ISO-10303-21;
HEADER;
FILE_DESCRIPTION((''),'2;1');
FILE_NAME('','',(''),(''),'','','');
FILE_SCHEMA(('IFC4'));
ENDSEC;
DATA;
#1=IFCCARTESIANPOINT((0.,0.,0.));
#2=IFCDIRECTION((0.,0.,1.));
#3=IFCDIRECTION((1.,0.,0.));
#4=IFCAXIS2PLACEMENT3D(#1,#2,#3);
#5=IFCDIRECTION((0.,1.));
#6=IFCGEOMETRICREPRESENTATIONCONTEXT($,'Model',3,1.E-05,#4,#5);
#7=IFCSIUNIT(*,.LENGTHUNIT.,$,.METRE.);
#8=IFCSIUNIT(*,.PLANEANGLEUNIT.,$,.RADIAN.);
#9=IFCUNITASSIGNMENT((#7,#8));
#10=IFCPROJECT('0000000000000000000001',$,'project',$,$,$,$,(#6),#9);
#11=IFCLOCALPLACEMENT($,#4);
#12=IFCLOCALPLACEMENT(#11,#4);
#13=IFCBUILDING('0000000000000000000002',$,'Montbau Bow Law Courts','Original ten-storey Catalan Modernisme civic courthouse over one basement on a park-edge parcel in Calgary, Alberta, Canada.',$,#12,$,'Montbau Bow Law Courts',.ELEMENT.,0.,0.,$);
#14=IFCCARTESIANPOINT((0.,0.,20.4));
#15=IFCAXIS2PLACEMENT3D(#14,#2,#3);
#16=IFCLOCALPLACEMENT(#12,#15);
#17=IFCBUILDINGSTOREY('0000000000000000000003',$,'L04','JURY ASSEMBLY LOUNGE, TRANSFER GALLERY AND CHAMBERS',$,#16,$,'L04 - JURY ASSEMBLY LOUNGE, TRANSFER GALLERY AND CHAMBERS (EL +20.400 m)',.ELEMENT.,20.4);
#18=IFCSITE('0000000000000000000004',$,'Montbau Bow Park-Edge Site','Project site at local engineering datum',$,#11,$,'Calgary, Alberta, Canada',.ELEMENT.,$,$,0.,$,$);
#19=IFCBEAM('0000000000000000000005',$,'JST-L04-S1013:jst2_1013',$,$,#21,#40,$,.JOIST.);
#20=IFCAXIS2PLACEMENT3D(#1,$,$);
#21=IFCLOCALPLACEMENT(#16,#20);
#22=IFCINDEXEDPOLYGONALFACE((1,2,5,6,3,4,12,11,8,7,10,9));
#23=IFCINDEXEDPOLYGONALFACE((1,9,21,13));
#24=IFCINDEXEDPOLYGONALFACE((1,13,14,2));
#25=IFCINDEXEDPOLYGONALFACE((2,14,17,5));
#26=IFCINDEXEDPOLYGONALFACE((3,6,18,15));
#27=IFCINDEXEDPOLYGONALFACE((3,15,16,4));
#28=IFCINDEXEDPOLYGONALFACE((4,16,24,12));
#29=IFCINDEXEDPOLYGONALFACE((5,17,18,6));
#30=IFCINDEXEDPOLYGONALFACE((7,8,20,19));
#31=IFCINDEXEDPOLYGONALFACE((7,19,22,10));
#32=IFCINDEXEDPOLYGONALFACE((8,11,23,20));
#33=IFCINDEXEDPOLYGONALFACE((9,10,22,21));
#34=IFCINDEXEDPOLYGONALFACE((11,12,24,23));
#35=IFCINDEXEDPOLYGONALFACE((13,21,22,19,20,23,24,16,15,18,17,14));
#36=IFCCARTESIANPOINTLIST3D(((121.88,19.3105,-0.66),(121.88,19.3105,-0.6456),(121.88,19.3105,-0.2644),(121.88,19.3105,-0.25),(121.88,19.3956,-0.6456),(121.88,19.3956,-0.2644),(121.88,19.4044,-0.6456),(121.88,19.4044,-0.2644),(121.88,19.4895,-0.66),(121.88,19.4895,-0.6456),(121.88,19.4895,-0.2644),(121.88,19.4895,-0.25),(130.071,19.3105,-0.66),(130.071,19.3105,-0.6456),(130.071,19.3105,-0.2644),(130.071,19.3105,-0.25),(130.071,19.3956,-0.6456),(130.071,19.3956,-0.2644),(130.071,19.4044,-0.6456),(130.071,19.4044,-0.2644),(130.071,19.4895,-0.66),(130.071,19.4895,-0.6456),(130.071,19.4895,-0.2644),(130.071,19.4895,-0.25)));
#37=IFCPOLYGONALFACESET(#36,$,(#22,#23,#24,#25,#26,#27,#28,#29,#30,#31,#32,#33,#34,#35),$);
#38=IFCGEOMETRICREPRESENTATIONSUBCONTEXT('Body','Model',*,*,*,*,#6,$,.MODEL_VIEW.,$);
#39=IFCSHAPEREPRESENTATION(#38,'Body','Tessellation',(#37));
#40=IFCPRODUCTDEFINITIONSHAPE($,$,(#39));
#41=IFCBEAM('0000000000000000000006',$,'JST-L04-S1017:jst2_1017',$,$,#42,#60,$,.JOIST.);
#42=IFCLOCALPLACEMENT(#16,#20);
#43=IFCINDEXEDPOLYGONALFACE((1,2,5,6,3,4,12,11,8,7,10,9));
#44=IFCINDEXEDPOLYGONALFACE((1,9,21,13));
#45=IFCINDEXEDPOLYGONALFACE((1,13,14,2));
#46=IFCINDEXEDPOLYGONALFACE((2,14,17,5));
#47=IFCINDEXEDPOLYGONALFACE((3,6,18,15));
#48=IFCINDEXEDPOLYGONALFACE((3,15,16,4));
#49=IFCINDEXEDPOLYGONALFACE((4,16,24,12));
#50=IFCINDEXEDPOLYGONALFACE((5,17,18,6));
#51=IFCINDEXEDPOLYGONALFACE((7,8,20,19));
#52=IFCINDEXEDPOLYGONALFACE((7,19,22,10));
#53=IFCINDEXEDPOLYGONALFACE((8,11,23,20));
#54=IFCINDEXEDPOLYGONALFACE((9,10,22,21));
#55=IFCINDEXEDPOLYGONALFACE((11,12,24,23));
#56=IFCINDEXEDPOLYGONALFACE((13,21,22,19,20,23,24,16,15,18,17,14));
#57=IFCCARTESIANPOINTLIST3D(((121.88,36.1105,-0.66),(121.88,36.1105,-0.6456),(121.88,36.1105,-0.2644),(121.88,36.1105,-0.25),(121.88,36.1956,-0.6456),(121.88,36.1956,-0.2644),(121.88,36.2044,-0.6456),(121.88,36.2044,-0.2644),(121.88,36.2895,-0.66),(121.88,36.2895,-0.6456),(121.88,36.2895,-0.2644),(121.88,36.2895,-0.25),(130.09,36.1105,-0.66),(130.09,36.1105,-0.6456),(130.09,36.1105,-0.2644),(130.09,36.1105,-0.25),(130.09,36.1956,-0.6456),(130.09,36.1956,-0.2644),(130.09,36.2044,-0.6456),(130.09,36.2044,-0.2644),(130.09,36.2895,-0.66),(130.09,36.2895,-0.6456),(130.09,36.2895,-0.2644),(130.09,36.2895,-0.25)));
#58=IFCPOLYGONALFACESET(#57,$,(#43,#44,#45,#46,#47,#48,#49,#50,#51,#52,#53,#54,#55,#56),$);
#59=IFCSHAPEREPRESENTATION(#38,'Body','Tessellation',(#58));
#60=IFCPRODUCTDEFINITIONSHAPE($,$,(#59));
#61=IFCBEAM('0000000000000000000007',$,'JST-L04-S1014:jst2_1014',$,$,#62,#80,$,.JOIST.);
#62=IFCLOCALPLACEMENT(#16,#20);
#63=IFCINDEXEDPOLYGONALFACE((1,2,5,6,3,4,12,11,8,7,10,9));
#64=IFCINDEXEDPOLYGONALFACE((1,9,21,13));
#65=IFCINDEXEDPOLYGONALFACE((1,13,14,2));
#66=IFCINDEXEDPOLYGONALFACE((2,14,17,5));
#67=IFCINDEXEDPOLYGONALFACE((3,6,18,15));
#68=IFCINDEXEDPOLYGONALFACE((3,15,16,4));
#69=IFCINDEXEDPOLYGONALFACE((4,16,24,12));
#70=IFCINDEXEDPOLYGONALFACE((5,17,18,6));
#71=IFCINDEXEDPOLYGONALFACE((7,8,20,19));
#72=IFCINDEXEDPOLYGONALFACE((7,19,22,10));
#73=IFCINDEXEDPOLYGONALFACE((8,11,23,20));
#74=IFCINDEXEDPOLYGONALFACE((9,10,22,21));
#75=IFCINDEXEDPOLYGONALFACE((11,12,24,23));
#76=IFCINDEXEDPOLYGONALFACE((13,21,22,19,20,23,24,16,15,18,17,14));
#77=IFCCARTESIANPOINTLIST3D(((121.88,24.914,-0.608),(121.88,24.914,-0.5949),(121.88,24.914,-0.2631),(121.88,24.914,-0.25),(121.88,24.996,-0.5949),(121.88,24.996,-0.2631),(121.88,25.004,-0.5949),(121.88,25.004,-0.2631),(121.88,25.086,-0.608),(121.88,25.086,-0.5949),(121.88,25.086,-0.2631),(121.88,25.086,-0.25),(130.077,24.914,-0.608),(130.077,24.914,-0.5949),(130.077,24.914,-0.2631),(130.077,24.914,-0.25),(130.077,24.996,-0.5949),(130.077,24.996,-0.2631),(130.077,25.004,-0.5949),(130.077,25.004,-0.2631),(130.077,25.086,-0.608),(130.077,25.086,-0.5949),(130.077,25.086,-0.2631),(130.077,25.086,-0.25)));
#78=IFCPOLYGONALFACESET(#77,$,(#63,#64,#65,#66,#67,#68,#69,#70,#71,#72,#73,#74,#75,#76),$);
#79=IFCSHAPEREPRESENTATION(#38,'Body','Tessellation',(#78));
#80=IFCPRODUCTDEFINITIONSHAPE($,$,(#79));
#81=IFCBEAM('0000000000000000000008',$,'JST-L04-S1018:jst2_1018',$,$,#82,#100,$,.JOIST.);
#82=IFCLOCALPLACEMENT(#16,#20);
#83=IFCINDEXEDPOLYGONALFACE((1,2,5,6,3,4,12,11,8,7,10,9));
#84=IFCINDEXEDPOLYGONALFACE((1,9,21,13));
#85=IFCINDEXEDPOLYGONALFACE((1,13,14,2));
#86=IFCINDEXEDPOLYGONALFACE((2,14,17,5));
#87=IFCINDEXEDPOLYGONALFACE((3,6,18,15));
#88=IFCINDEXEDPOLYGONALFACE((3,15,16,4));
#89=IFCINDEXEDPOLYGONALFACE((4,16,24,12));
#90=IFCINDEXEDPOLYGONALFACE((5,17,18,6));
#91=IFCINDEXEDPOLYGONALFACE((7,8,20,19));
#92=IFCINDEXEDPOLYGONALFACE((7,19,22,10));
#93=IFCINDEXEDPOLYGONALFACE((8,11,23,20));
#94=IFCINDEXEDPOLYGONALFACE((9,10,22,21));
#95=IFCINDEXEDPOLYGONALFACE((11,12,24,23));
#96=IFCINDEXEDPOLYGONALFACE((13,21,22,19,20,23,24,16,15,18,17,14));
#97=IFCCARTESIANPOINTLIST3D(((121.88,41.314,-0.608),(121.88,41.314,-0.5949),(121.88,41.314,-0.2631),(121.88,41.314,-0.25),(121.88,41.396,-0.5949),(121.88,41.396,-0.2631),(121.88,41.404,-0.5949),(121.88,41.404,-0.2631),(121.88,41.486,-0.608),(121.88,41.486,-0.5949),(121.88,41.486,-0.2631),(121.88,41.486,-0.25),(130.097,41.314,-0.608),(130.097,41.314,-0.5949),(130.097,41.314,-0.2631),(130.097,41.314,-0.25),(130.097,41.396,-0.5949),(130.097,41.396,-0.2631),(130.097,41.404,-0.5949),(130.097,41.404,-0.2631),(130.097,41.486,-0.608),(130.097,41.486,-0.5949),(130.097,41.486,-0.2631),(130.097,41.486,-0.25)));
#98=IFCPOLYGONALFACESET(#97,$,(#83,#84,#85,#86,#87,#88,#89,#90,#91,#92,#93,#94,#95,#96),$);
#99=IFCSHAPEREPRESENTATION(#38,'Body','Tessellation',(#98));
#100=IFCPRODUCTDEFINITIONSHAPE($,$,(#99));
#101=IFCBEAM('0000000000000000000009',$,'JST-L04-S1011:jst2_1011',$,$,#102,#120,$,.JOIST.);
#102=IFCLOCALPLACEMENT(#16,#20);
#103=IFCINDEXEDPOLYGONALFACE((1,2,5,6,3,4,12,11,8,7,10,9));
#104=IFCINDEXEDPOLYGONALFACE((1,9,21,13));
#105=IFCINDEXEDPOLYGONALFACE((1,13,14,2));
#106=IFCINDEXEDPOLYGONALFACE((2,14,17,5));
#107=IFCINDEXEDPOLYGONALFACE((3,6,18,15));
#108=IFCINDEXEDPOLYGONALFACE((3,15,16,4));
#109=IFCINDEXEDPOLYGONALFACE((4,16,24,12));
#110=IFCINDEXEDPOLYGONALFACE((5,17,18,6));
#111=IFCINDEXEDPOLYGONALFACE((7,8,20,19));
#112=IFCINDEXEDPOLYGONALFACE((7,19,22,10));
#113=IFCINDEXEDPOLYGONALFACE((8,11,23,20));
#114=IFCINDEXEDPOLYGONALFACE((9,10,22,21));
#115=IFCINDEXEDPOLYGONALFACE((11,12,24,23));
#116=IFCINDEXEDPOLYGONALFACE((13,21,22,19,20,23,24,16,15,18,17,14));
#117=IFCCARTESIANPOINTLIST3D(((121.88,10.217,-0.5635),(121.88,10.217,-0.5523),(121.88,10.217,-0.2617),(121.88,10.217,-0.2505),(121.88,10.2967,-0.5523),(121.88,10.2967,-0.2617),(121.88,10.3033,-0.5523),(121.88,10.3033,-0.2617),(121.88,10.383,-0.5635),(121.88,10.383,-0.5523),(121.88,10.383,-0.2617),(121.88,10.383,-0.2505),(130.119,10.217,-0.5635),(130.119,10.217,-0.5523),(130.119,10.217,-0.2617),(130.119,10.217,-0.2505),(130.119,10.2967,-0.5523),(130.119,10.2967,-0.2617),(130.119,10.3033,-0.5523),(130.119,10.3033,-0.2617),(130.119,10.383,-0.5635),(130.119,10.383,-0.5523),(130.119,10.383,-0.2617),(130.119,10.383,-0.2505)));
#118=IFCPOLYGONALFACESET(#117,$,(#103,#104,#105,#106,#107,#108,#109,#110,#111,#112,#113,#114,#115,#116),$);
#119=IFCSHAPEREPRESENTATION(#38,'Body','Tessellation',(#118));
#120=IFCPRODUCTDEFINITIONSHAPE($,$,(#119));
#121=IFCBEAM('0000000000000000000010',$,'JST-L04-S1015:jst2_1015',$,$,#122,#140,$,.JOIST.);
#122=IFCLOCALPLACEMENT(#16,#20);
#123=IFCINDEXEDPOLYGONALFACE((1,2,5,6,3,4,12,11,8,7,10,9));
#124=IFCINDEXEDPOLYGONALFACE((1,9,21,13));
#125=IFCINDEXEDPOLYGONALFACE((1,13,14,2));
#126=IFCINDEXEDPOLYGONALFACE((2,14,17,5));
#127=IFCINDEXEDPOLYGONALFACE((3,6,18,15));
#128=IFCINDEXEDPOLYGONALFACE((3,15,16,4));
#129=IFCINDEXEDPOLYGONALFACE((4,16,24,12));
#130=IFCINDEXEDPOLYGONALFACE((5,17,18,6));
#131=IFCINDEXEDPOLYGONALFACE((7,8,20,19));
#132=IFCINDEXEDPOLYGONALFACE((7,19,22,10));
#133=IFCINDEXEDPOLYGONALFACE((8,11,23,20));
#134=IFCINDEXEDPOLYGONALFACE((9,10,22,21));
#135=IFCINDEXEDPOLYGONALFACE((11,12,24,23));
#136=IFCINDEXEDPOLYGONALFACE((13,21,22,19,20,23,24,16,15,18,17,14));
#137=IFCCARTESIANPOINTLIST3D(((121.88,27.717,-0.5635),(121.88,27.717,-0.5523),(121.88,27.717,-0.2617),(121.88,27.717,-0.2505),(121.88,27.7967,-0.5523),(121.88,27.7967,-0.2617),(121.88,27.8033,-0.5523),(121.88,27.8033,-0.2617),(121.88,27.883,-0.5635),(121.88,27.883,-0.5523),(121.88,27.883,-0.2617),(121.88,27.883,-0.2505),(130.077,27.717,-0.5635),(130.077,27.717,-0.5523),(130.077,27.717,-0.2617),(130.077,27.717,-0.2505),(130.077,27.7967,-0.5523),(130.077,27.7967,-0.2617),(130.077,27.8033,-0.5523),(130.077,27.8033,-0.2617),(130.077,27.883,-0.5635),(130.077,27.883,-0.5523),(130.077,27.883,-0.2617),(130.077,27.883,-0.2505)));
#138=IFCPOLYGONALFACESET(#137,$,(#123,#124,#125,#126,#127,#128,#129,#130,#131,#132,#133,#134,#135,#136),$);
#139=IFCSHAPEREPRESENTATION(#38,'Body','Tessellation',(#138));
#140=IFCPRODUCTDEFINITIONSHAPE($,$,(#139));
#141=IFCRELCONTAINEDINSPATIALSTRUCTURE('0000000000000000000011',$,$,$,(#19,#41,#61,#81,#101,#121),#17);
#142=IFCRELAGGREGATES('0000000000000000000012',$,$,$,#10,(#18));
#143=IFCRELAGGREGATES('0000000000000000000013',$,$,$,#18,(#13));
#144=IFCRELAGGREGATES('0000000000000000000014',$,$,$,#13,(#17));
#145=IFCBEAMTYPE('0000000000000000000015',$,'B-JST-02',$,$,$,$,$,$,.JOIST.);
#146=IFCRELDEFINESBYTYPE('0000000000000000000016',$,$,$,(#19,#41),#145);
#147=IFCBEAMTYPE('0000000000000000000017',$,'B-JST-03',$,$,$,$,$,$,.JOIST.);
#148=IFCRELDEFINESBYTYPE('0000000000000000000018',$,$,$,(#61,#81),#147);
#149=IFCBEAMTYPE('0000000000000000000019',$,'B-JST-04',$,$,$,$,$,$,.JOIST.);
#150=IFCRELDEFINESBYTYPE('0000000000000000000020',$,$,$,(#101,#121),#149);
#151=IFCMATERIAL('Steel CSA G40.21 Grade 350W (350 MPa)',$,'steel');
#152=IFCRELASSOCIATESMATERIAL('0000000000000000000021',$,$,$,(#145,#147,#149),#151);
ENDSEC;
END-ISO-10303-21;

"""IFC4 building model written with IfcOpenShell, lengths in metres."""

from ifc_helpers import new_model, si_unit, direction, frame, origin_with_axes, origin_2d_with_axis, place, context, subcontext, project, spatial, i_section, extrude, material, material_profile, profile_set, type_object, element, save


model = new_model("IFC4")

# Units and contexts
model_context = context("Model", 3, precision=1e-05, world=origin_with_axes(), true_north=direction((0.0, 1.0)))
body_context = subcontext(model_context, "Body", "Model", "MODEL_VIEW")
ifc_project = project(units=[si_unit("LENGTHUNIT", "METRE"), si_unit("PLANEANGLEUNIT", "RADIAN")], contexts=[model_context])

# Site, building, storey
site_placement = place(None, origin_with_axes())
site = spatial("IfcSite", under=ifc_project, at=site_placement, Name="Montbau Bow Park-Edge Site", Description="Project site at local engineering datum", LongName="Calgary, Alberta, Canada", CompositionType="ELEMENT", RefElevation=0.0)
building_placement = place(site_placement, origin_with_axes())
building = spatial("IfcBuilding", under=site, at=building_placement, Name="Montbau Bow Law Courts", Description="Original ten-storey Catalan Modernisme civic courthouse over one basement on a park-edge parcel in Calgary, Alberta, Canada.", LongName="Montbau Bow Law Courts", CompositionType="ELEMENT", ElevationOfRefHeight=0.0, ElevationOfTerrain=0.0)
storey_placement = place(building_placement, frame((0.0, 0.0, 20.4), z_axis=(0.0, 0.0, 1.0), x_axis=(1.0, 0.0, 0.0)))
storey = spatial("IfcBuildingStorey", under=building, at=storey_placement, Name="L04", Description="JURY ASSEMBLY LOUNGE, TRANSFER GALLERY AND CHAMBERS", LongName="L04 - JURY ASSEMBLY LOUNGE, TRANSFER GALLERY AND CHAMBERS (EL +20.400 m)", CompositionType="ELEMENT", Elevation=20.4)

# Beams
ifc_material_1 = material(Name="Steel CSA G40.21 Grade 350W (350 MPa)", Category="steel")
ifc_material_profile_1 = material_profile(ifc_material_1, i_section(OverallWidth=0.179, OverallDepth=0.41, WebThickness=0.0088, FlangeThickness=0.0144, at=origin_2d_with_axis()), Name="W410X67", Category="Main", Priority=0)
ifc_profile_set_1 = profile_set([ifc_material_profile_1], Name="Steel CSA G40.21 Grade 350W (350 MPa)")
beam_type_1 = type_object("IfcBeamType", Name="B-JST-02", PredefinedType="JOIST", material=ifc_profile_set_1)
beam_1_placement = place(None, frame((121.88, 19.4, 19.945), z_axis=(1.0, 0.0, 0.0), x_axis=(0.0, 1.0, 0.0)))
element("IfcBeam", 1, at=beam_1_placement, inside=storey, type_object=beam_type_1, Name="JST-L04-S1013:jst2_1013", PredefinedType="JOIST", context=body_context, shape_type="SweptSolid", body=[
    extrude(i_section(OverallWidth=0.179, OverallDepth=0.41, WebThickness=0.0088, FlangeThickness=0.0144, at=origin_2d_with_axis()), origin_with_axes(), (0.0, 0.0, 1.0), 8.191),
])
beam_2_placement = place(None, frame((121.88, 36.2, 19.945), z_axis=(1.0, 0.0, 0.0), x_axis=(0.0, 1.0, 0.0)))
element("IfcBeam", 2, at=beam_2_placement, inside=storey, type_object=beam_type_1, Name="JST-L04-S1017:jst2_1017", PredefinedType="JOIST", context=body_context, shape_type="SweptSolid", body=[
    extrude(i_section(OverallWidth=0.179, OverallDepth=0.41, WebThickness=0.0088, FlangeThickness=0.0144, at=origin_2d_with_axis()), origin_with_axes(), (0.0, 0.0, 1.0), 8.21),
])
ifc_material_profile_2 = material_profile(ifc_material_1, i_section(OverallWidth=0.172, OverallDepth=0.358, WebThickness=0.0079, FlangeThickness=0.0131, at=origin_2d_with_axis()), Name="W360X57", Category="Main", Priority=0)
ifc_profile_set_2 = profile_set([ifc_material_profile_2], Name="Steel CSA G40.21 Grade 350W (350 MPa)")
beam_type_2 = type_object("IfcBeamType", Name="B-JST-03", PredefinedType="JOIST", material=ifc_profile_set_2)
beam_3_placement = place(None, frame((121.88, 25.0, 19.971), z_axis=(1.0, 0.0, 0.0), x_axis=(0.0, 1.0, 0.0)))
element("IfcBeam", 3, at=beam_3_placement, inside=storey, type_object=beam_type_2, Name="JST-L04-S1014:jst2_1014", PredefinedType="JOIST", context=body_context, shape_type="SweptSolid", body=[
    extrude(i_section(OverallWidth=0.172, OverallDepth=0.358, WebThickness=0.0079, FlangeThickness=0.0131, at=origin_2d_with_axis()), origin_with_axes(), (0.0, 0.0, 1.0), 8.197),
])
beam_4_placement = place(None, frame((121.88, 41.4, 19.971), z_axis=(1.0, 0.0, 0.0), x_axis=(0.0, 1.0, 0.0)))
element("IfcBeam", 4, at=beam_4_placement, inside=storey, type_object=beam_type_2, Name="JST-L04-S1018:jst2_1018", PredefinedType="JOIST", context=body_context, shape_type="SweptSolid", body=[
    extrude(i_section(OverallWidth=0.172, OverallDepth=0.358, WebThickness=0.0079, FlangeThickness=0.0131, at=origin_2d_with_axis()), origin_with_axes(), (0.0, 0.0, 1.0), 8.217),
])
ifc_material_profile_3 = material_profile(ifc_material_1, i_section(OverallWidth=0.166, OverallDepth=0.313, WebThickness=0.0066, FlangeThickness=0.0112, at=origin_2d_with_axis()), Name="W310X45", Category="Main", Priority=0)
ifc_profile_set_3 = profile_set([ifc_material_profile_3], Name="Steel CSA G40.21 Grade 350W (350 MPa)")
beam_type_3 = type_object("IfcBeamType", Name="B-JST-04", PredefinedType="JOIST", material=ifc_profile_set_3)
beam_5_placement = place(None, frame((121.88, 10.3, 19.993), z_axis=(1.0, 0.0, 0.0), x_axis=(0.0, 1.0, 0.0)))
element("IfcBeam", 5, at=beam_5_placement, inside=storey, type_object=beam_type_3, Name="JST-L04-S1011:jst2_1011", PredefinedType="JOIST", context=body_context, shape_type="SweptSolid", body=[
    extrude(i_section(OverallWidth=0.166, OverallDepth=0.313, WebThickness=0.0066, FlangeThickness=0.0112, at=origin_2d_with_axis()), origin_with_axes(), (0.0, 0.0, 1.0), 8.239),
])
beam_6_placement = place(None, frame((121.88, 27.8, 19.993), z_axis=(1.0, 0.0, 0.0), x_axis=(0.0, 1.0, 0.0)))
element("IfcBeam", 6, at=beam_6_placement, inside=storey, type_object=beam_type_3, Name="JST-L04-S1015:jst2_1015", PredefinedType="JOIST", context=body_context, shape_type="SweptSolid", body=[
    extrude(i_section(OverallWidth=0.166, OverallDepth=0.313, WebThickness=0.0066, FlangeThickness=0.0112, at=origin_2d_with_axis()), origin_with_axes(), (0.0, 0.0, 1.0), 8.197),
])

save(model, "model.ifc")
